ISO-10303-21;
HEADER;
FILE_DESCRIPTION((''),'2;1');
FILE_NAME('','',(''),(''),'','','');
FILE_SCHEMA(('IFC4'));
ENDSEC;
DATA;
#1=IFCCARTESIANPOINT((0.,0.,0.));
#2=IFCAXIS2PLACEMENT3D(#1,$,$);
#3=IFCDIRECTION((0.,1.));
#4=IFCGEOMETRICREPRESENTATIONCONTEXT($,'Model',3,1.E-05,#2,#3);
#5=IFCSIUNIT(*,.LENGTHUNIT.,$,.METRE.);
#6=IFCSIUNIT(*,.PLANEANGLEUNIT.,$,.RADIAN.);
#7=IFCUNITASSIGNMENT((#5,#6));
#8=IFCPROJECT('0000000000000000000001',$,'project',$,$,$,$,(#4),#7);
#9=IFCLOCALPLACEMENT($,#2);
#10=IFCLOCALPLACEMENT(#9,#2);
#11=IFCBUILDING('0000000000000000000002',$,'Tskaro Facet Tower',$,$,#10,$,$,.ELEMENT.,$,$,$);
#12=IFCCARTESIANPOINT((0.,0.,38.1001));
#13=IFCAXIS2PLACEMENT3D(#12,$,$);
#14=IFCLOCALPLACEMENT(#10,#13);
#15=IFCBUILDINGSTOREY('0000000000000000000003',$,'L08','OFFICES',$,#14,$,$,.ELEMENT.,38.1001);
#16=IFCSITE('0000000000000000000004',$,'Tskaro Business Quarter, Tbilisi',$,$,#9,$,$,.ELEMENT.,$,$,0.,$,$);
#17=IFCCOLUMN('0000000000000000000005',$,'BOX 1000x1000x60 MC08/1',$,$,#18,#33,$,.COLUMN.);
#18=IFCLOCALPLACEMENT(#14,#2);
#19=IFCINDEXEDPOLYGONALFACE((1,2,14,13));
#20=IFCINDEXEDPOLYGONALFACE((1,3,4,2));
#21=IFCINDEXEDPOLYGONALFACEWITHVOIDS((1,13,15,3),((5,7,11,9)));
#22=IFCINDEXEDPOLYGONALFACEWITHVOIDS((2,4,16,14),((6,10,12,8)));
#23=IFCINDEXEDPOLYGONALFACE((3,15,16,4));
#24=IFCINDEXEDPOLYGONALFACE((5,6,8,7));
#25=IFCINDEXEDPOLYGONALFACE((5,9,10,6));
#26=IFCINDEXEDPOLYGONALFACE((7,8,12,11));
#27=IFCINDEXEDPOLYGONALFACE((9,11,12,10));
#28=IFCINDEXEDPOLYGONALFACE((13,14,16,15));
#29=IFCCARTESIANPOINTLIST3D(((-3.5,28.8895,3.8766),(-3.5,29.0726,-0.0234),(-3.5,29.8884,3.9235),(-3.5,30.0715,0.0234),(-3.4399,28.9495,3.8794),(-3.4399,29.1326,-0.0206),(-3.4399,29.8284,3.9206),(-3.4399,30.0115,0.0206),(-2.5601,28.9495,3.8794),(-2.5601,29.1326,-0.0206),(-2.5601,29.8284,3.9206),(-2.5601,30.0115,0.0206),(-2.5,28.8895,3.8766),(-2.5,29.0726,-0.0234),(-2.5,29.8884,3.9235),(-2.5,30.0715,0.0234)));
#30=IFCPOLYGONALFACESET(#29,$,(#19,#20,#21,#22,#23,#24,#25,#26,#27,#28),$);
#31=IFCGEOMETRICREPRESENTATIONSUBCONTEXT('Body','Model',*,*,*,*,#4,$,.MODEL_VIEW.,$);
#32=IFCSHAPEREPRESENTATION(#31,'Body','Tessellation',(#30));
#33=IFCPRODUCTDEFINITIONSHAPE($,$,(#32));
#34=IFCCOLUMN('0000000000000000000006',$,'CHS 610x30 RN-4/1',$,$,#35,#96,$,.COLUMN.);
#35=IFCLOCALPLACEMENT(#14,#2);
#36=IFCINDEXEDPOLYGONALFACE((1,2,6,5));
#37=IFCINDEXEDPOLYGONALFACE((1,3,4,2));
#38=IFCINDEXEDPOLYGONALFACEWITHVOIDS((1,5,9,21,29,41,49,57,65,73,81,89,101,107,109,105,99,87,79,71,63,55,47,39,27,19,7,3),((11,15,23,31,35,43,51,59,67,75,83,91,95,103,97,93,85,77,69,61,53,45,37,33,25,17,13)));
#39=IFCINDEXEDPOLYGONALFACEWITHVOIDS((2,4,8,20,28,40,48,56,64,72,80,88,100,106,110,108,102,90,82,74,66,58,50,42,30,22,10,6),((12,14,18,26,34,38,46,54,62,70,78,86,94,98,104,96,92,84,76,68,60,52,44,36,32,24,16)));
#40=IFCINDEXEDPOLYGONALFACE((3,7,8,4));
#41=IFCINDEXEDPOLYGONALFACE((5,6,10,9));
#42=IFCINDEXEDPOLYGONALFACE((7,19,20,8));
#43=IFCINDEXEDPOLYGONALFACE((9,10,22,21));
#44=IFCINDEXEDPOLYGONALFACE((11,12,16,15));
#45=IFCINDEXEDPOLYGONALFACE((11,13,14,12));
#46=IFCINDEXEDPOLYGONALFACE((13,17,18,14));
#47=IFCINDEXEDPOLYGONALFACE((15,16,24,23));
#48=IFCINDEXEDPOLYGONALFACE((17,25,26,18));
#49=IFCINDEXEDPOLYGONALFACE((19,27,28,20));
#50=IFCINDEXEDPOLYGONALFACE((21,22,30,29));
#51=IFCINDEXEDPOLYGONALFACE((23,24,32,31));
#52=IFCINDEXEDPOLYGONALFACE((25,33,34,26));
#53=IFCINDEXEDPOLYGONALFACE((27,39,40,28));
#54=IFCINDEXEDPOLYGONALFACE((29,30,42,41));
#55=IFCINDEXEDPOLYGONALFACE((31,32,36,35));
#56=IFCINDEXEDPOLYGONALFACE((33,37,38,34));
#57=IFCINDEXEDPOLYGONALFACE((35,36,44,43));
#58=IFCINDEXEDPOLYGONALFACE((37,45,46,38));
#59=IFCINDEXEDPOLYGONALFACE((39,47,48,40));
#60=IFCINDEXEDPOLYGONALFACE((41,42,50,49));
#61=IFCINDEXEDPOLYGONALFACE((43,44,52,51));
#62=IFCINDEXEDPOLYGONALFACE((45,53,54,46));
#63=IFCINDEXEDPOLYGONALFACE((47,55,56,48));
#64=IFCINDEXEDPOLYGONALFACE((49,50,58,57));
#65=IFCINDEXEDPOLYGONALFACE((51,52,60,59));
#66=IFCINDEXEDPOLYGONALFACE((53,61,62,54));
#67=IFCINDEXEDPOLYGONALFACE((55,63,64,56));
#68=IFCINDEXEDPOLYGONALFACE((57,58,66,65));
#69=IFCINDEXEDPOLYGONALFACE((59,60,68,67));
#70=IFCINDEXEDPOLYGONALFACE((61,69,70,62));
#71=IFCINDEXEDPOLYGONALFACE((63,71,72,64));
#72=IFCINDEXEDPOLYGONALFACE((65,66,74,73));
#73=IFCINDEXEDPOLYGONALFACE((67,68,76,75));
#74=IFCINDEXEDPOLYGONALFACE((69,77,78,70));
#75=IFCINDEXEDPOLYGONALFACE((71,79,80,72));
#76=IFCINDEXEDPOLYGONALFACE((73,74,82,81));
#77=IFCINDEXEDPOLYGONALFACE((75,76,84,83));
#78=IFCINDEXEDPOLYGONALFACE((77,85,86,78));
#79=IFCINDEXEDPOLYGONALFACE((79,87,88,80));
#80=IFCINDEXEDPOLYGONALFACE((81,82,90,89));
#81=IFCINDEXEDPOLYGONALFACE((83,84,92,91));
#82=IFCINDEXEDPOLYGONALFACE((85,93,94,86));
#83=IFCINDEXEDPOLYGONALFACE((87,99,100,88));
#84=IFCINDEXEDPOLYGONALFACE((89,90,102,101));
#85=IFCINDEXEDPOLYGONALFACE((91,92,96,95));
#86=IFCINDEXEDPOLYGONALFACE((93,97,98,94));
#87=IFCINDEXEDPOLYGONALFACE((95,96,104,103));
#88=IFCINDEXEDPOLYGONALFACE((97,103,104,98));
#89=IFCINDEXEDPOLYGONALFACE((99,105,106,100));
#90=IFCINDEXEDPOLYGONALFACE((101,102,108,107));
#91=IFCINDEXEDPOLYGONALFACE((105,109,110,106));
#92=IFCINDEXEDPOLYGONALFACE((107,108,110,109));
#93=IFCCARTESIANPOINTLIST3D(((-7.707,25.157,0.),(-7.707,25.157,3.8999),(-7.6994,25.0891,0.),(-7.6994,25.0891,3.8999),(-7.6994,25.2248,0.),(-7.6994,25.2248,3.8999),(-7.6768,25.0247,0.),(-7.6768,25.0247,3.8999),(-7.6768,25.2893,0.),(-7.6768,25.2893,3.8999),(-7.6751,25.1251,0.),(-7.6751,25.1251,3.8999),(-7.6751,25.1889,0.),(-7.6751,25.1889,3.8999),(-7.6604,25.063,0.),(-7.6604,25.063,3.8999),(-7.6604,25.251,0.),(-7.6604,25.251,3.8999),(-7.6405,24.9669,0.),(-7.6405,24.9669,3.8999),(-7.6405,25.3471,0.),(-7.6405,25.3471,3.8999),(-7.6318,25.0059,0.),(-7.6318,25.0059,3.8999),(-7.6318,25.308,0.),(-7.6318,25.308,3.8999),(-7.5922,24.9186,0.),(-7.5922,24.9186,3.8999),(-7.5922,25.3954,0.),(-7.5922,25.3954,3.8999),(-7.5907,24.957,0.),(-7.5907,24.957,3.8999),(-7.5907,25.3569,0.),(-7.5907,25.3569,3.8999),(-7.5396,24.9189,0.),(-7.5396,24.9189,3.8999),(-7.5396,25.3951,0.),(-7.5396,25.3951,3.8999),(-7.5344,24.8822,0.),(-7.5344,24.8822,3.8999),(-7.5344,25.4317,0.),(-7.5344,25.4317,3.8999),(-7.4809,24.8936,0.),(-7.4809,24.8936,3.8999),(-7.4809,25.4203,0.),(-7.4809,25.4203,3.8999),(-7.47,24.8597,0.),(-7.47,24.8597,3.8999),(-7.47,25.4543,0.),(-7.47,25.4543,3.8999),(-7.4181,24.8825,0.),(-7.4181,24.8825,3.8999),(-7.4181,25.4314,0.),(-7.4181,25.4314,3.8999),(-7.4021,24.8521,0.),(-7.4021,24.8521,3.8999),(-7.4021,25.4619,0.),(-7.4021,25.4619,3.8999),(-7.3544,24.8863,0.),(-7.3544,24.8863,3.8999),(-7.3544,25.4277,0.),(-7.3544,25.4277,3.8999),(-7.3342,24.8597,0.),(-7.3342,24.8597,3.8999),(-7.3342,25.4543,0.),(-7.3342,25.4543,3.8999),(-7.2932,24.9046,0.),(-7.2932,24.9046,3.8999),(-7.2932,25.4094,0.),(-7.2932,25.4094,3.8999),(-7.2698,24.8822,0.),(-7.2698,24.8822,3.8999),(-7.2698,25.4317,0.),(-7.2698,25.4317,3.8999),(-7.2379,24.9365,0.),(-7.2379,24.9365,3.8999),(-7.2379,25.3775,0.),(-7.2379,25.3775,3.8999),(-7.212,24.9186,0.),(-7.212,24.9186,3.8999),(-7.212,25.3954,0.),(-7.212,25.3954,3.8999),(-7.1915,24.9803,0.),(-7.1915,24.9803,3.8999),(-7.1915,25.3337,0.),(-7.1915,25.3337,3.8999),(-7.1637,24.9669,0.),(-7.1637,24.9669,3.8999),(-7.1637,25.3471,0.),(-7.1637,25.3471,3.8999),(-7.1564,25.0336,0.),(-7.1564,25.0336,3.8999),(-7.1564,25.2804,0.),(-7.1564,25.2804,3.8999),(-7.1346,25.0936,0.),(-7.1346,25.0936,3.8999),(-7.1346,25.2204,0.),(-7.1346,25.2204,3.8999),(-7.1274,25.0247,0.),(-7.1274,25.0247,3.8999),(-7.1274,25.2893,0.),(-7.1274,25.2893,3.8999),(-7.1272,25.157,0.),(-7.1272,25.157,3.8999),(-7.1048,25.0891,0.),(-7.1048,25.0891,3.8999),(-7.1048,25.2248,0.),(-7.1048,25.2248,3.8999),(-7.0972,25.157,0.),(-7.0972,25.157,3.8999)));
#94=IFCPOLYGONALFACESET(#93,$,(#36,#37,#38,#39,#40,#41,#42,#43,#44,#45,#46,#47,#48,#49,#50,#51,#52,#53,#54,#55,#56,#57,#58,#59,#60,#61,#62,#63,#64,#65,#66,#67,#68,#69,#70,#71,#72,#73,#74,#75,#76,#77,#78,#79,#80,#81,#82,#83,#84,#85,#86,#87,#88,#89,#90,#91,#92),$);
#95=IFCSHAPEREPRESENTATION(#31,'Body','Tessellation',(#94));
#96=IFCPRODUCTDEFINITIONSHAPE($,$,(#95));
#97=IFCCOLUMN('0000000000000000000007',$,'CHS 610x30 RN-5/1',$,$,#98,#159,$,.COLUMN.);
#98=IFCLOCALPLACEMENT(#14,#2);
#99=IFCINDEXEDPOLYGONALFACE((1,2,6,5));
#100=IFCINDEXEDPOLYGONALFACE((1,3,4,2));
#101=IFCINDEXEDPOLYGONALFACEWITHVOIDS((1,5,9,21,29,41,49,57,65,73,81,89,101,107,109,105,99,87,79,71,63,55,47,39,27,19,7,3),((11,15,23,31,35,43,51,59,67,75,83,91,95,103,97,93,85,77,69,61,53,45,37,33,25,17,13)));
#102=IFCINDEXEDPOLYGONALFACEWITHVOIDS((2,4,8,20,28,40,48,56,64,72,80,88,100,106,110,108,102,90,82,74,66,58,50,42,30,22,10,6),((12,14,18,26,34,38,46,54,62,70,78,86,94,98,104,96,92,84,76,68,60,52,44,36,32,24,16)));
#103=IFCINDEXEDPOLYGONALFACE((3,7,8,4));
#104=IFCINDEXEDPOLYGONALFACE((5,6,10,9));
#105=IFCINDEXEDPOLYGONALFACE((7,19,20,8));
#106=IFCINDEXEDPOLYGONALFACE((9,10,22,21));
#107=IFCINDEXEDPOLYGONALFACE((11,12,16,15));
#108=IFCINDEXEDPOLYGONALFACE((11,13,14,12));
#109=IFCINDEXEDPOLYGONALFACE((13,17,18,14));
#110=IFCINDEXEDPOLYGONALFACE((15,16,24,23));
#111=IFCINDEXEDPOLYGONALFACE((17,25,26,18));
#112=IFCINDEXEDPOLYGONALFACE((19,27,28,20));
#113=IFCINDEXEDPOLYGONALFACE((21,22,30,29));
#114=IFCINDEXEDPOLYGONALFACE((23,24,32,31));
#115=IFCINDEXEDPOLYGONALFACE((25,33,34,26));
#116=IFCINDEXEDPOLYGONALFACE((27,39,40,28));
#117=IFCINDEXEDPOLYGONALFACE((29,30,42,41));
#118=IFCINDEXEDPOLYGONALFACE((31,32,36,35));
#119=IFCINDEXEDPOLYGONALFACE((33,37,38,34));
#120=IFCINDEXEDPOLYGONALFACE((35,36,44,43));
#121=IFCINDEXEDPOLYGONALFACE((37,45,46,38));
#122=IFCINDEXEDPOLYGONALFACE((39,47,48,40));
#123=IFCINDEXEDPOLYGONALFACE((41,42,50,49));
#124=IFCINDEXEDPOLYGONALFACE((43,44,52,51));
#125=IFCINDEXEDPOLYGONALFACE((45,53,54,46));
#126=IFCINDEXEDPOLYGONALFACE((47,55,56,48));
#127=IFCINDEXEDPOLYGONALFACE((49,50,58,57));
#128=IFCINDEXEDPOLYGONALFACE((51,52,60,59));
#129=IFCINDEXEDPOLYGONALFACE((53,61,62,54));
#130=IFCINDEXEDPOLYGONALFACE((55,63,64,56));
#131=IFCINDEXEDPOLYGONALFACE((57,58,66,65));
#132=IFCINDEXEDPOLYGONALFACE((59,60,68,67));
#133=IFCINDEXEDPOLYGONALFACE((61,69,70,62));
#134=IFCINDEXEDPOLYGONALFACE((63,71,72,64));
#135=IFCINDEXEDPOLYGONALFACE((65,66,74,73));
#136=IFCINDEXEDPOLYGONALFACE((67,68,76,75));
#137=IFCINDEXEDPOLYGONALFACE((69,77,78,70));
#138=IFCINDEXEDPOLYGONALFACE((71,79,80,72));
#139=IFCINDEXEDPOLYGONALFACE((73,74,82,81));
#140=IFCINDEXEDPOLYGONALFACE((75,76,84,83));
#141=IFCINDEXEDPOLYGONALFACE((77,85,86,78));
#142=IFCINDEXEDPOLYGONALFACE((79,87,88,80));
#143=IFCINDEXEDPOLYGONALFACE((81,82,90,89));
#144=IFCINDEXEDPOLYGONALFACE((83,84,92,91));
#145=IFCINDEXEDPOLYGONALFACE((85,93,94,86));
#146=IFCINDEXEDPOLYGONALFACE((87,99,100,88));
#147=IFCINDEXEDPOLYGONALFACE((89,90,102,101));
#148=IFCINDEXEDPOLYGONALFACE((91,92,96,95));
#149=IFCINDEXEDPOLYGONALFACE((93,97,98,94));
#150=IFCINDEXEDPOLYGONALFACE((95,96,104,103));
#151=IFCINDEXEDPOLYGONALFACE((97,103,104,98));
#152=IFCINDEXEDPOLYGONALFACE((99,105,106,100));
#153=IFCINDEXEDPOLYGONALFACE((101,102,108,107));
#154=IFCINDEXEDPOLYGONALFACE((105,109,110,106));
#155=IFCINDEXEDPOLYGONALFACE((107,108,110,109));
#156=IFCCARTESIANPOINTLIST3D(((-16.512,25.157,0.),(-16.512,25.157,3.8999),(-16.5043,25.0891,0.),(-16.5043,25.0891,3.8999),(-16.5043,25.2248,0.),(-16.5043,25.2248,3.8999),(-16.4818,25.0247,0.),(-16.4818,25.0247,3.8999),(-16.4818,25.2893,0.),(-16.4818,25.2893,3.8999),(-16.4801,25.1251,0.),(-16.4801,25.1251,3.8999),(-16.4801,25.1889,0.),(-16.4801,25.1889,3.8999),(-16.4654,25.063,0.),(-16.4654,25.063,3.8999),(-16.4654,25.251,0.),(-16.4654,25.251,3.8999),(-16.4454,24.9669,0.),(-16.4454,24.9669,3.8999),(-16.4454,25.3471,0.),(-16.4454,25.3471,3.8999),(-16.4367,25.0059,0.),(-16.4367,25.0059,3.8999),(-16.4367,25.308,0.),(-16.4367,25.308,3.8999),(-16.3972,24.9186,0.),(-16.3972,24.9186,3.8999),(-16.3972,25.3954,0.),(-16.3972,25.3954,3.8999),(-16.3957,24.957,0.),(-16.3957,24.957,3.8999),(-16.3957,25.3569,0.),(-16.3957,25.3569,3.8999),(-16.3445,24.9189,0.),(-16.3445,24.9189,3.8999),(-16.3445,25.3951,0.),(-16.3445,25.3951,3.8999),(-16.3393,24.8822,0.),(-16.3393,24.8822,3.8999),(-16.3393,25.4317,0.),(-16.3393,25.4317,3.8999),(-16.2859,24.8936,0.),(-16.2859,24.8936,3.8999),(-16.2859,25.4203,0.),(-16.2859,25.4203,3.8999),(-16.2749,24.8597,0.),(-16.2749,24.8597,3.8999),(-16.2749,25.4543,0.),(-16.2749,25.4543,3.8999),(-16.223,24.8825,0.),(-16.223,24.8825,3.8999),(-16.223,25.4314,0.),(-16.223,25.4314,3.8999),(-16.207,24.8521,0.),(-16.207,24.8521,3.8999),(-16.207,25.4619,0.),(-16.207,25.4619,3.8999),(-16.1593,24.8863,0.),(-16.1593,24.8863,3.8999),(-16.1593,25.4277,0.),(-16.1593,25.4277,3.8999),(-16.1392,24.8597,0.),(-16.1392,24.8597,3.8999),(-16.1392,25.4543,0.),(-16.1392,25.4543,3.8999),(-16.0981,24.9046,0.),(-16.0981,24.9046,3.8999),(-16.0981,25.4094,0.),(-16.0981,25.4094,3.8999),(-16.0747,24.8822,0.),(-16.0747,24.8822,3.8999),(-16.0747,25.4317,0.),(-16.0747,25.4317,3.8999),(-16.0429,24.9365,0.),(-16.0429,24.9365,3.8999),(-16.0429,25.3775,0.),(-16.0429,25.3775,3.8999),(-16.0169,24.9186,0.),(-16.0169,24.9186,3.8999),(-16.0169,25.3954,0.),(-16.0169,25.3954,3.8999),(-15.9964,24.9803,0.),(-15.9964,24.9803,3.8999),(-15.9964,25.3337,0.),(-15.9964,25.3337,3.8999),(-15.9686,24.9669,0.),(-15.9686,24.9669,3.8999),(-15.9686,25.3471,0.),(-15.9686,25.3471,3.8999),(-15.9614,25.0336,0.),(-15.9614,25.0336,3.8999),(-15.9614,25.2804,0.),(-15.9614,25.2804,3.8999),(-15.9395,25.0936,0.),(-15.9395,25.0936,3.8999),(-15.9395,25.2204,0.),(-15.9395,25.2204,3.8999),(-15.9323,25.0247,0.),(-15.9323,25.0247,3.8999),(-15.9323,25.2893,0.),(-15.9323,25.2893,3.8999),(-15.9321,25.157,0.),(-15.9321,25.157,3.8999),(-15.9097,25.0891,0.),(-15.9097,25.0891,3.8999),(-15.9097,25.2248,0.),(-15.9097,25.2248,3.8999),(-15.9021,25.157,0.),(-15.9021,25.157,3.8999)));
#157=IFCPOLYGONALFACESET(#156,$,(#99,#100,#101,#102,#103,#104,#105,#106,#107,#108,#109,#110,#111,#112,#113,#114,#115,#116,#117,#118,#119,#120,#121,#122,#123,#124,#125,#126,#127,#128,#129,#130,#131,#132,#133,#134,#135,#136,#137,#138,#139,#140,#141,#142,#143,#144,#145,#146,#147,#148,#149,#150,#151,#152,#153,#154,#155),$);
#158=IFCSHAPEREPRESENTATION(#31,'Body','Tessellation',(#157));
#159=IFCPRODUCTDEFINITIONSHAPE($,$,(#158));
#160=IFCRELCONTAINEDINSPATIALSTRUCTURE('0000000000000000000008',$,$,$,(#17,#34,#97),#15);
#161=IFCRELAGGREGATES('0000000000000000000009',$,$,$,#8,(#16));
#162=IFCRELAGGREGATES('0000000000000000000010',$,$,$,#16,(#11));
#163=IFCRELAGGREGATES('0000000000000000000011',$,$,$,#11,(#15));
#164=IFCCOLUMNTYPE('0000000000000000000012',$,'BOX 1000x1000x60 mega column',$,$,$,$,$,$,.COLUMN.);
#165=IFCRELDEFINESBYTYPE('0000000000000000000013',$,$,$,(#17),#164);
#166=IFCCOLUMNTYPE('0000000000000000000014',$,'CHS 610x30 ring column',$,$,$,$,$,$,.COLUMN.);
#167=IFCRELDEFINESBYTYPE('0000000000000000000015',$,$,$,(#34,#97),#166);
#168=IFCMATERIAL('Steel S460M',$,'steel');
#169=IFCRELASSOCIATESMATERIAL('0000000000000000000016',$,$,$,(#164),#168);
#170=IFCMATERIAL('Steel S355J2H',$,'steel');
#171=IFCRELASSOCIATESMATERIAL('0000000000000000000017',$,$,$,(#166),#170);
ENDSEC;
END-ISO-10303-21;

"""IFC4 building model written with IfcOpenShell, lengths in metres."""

from ifc_helpers import new_model, si_unit, direction, frame, origin, origin_2d, place, context, subcontext, project, spatial, hollow_rectangle, hollow_circle, extrude, material, material_profile, profile_set, type_object, element, save


model = new_model("IFC4")

# Units and contexts
model_context = context("Model", 3, precision=1e-05, world=origin(), true_north=direction((0.0, 1.0)))
body_context = subcontext(model_context, "Body", "Model", "MODEL_VIEW")
ifc_project = project(units=[si_unit("LENGTHUNIT", "METRE"), si_unit("PLANEANGLEUNIT", "RADIAN")], contexts=[model_context])

# Site, building, storey
site_placement = place(None, origin())
site = spatial("IfcSite", under=ifc_project, at=site_placement, Name="Tskaro Business Quarter, Tbilisi", CompositionType="ELEMENT", RefElevation=0.0)
building_placement = place(site_placement, origin())
building = spatial("IfcBuilding", under=site, at=building_placement, Name="Tskaro Facet Tower", CompositionType="ELEMENT")
storey_placement = place(building_placement, frame((0.0, 0.0, 38.1001)))
storey = spatial("IfcBuildingStorey", under=building, at=storey_placement, Name="L08", Description="OFFICES", CompositionType="ELEMENT", Elevation=38.1001)

# Columns
ifc_material_1 = material(Name="Steel S460M", Category="steel")
ifc_material_profile_1 = material_profile(ifc_material_1, hollow_rectangle(XDim=1.0, YDim=1.0, WallThickness=0.0601, at=origin_2d()), Name="BOX 1000x1000x60")
ifc_profile_set_1 = profile_set([ifc_material_profile_1], Name="Steel S460M")
column_type_1 = type_object("IfcColumnType", Name="BOX 1000x1000x60 mega column", PredefinedType="COLUMN", material=ifc_profile_set_1)
column_1_placement = place(storey_placement, frame((-3.0, 29.572, 0.0), z_axis=(0.0, -0.0469, 0.9989), x_axis=(1.0, 0.0, 0.0)))
element("IfcColumn", 1, at=column_1_placement, inside=storey, type_object=column_type_1, Name="BOX 1000x1000x60 MC08/1", PredefinedType="COLUMN", context=body_context, shape_type="SweptSolid", body=[
    extrude(hollow_rectangle(XDim=1.0, YDim=1.0, WallThickness=0.0601, at=origin_2d()), origin(), (0.0, 0.0, 1.0), 3.9043),
])
ifc_material_2 = material(Name="Steel S355J2H", Category="steel")
ifc_material_profile_2 = material_profile(ifc_material_2, hollow_circle(Radius=0.3049, WallThickness=0.03, at=origin_2d()), Name="CHS 610x30")
ifc_profile_set_2 = profile_set([ifc_material_profile_2], Name="Steel S355J2H")
column_type_2 = type_object("IfcColumnType", Name="CHS 610x30 ring column", PredefinedType="COLUMN", material=ifc_profile_set_2)
for number, where, z_axis, x_axis, name in (
    (2, (-7.4021, 25.157, 0.0), (0.0, 0.0, 1.0), (1.0, 0.0, 0.0), "CHS 610x30 RN-4/1"),
    (3, (-16.207, 25.157, 0.0), (0.0, 0.0, 1.0), (1.0, 0.0, 0.0), "CHS 610x30 RN-5/1"),
):
    element("IfcColumn", number, at=place(storey_placement, frame(where, z_axis=z_axis, x_axis=x_axis)), inside=storey, type_object=column_type_2, Name=name, PredefinedType="COLUMN", context=body_context, shape_type="SweptSolid", body=[
        extrude(hollow_circle(Radius=0.3049, WallThickness=0.03, at=origin_2d()), origin(), (0.0, 0.0, 1.0), 3.8999),
    ])

save(model, "model.ifc")
